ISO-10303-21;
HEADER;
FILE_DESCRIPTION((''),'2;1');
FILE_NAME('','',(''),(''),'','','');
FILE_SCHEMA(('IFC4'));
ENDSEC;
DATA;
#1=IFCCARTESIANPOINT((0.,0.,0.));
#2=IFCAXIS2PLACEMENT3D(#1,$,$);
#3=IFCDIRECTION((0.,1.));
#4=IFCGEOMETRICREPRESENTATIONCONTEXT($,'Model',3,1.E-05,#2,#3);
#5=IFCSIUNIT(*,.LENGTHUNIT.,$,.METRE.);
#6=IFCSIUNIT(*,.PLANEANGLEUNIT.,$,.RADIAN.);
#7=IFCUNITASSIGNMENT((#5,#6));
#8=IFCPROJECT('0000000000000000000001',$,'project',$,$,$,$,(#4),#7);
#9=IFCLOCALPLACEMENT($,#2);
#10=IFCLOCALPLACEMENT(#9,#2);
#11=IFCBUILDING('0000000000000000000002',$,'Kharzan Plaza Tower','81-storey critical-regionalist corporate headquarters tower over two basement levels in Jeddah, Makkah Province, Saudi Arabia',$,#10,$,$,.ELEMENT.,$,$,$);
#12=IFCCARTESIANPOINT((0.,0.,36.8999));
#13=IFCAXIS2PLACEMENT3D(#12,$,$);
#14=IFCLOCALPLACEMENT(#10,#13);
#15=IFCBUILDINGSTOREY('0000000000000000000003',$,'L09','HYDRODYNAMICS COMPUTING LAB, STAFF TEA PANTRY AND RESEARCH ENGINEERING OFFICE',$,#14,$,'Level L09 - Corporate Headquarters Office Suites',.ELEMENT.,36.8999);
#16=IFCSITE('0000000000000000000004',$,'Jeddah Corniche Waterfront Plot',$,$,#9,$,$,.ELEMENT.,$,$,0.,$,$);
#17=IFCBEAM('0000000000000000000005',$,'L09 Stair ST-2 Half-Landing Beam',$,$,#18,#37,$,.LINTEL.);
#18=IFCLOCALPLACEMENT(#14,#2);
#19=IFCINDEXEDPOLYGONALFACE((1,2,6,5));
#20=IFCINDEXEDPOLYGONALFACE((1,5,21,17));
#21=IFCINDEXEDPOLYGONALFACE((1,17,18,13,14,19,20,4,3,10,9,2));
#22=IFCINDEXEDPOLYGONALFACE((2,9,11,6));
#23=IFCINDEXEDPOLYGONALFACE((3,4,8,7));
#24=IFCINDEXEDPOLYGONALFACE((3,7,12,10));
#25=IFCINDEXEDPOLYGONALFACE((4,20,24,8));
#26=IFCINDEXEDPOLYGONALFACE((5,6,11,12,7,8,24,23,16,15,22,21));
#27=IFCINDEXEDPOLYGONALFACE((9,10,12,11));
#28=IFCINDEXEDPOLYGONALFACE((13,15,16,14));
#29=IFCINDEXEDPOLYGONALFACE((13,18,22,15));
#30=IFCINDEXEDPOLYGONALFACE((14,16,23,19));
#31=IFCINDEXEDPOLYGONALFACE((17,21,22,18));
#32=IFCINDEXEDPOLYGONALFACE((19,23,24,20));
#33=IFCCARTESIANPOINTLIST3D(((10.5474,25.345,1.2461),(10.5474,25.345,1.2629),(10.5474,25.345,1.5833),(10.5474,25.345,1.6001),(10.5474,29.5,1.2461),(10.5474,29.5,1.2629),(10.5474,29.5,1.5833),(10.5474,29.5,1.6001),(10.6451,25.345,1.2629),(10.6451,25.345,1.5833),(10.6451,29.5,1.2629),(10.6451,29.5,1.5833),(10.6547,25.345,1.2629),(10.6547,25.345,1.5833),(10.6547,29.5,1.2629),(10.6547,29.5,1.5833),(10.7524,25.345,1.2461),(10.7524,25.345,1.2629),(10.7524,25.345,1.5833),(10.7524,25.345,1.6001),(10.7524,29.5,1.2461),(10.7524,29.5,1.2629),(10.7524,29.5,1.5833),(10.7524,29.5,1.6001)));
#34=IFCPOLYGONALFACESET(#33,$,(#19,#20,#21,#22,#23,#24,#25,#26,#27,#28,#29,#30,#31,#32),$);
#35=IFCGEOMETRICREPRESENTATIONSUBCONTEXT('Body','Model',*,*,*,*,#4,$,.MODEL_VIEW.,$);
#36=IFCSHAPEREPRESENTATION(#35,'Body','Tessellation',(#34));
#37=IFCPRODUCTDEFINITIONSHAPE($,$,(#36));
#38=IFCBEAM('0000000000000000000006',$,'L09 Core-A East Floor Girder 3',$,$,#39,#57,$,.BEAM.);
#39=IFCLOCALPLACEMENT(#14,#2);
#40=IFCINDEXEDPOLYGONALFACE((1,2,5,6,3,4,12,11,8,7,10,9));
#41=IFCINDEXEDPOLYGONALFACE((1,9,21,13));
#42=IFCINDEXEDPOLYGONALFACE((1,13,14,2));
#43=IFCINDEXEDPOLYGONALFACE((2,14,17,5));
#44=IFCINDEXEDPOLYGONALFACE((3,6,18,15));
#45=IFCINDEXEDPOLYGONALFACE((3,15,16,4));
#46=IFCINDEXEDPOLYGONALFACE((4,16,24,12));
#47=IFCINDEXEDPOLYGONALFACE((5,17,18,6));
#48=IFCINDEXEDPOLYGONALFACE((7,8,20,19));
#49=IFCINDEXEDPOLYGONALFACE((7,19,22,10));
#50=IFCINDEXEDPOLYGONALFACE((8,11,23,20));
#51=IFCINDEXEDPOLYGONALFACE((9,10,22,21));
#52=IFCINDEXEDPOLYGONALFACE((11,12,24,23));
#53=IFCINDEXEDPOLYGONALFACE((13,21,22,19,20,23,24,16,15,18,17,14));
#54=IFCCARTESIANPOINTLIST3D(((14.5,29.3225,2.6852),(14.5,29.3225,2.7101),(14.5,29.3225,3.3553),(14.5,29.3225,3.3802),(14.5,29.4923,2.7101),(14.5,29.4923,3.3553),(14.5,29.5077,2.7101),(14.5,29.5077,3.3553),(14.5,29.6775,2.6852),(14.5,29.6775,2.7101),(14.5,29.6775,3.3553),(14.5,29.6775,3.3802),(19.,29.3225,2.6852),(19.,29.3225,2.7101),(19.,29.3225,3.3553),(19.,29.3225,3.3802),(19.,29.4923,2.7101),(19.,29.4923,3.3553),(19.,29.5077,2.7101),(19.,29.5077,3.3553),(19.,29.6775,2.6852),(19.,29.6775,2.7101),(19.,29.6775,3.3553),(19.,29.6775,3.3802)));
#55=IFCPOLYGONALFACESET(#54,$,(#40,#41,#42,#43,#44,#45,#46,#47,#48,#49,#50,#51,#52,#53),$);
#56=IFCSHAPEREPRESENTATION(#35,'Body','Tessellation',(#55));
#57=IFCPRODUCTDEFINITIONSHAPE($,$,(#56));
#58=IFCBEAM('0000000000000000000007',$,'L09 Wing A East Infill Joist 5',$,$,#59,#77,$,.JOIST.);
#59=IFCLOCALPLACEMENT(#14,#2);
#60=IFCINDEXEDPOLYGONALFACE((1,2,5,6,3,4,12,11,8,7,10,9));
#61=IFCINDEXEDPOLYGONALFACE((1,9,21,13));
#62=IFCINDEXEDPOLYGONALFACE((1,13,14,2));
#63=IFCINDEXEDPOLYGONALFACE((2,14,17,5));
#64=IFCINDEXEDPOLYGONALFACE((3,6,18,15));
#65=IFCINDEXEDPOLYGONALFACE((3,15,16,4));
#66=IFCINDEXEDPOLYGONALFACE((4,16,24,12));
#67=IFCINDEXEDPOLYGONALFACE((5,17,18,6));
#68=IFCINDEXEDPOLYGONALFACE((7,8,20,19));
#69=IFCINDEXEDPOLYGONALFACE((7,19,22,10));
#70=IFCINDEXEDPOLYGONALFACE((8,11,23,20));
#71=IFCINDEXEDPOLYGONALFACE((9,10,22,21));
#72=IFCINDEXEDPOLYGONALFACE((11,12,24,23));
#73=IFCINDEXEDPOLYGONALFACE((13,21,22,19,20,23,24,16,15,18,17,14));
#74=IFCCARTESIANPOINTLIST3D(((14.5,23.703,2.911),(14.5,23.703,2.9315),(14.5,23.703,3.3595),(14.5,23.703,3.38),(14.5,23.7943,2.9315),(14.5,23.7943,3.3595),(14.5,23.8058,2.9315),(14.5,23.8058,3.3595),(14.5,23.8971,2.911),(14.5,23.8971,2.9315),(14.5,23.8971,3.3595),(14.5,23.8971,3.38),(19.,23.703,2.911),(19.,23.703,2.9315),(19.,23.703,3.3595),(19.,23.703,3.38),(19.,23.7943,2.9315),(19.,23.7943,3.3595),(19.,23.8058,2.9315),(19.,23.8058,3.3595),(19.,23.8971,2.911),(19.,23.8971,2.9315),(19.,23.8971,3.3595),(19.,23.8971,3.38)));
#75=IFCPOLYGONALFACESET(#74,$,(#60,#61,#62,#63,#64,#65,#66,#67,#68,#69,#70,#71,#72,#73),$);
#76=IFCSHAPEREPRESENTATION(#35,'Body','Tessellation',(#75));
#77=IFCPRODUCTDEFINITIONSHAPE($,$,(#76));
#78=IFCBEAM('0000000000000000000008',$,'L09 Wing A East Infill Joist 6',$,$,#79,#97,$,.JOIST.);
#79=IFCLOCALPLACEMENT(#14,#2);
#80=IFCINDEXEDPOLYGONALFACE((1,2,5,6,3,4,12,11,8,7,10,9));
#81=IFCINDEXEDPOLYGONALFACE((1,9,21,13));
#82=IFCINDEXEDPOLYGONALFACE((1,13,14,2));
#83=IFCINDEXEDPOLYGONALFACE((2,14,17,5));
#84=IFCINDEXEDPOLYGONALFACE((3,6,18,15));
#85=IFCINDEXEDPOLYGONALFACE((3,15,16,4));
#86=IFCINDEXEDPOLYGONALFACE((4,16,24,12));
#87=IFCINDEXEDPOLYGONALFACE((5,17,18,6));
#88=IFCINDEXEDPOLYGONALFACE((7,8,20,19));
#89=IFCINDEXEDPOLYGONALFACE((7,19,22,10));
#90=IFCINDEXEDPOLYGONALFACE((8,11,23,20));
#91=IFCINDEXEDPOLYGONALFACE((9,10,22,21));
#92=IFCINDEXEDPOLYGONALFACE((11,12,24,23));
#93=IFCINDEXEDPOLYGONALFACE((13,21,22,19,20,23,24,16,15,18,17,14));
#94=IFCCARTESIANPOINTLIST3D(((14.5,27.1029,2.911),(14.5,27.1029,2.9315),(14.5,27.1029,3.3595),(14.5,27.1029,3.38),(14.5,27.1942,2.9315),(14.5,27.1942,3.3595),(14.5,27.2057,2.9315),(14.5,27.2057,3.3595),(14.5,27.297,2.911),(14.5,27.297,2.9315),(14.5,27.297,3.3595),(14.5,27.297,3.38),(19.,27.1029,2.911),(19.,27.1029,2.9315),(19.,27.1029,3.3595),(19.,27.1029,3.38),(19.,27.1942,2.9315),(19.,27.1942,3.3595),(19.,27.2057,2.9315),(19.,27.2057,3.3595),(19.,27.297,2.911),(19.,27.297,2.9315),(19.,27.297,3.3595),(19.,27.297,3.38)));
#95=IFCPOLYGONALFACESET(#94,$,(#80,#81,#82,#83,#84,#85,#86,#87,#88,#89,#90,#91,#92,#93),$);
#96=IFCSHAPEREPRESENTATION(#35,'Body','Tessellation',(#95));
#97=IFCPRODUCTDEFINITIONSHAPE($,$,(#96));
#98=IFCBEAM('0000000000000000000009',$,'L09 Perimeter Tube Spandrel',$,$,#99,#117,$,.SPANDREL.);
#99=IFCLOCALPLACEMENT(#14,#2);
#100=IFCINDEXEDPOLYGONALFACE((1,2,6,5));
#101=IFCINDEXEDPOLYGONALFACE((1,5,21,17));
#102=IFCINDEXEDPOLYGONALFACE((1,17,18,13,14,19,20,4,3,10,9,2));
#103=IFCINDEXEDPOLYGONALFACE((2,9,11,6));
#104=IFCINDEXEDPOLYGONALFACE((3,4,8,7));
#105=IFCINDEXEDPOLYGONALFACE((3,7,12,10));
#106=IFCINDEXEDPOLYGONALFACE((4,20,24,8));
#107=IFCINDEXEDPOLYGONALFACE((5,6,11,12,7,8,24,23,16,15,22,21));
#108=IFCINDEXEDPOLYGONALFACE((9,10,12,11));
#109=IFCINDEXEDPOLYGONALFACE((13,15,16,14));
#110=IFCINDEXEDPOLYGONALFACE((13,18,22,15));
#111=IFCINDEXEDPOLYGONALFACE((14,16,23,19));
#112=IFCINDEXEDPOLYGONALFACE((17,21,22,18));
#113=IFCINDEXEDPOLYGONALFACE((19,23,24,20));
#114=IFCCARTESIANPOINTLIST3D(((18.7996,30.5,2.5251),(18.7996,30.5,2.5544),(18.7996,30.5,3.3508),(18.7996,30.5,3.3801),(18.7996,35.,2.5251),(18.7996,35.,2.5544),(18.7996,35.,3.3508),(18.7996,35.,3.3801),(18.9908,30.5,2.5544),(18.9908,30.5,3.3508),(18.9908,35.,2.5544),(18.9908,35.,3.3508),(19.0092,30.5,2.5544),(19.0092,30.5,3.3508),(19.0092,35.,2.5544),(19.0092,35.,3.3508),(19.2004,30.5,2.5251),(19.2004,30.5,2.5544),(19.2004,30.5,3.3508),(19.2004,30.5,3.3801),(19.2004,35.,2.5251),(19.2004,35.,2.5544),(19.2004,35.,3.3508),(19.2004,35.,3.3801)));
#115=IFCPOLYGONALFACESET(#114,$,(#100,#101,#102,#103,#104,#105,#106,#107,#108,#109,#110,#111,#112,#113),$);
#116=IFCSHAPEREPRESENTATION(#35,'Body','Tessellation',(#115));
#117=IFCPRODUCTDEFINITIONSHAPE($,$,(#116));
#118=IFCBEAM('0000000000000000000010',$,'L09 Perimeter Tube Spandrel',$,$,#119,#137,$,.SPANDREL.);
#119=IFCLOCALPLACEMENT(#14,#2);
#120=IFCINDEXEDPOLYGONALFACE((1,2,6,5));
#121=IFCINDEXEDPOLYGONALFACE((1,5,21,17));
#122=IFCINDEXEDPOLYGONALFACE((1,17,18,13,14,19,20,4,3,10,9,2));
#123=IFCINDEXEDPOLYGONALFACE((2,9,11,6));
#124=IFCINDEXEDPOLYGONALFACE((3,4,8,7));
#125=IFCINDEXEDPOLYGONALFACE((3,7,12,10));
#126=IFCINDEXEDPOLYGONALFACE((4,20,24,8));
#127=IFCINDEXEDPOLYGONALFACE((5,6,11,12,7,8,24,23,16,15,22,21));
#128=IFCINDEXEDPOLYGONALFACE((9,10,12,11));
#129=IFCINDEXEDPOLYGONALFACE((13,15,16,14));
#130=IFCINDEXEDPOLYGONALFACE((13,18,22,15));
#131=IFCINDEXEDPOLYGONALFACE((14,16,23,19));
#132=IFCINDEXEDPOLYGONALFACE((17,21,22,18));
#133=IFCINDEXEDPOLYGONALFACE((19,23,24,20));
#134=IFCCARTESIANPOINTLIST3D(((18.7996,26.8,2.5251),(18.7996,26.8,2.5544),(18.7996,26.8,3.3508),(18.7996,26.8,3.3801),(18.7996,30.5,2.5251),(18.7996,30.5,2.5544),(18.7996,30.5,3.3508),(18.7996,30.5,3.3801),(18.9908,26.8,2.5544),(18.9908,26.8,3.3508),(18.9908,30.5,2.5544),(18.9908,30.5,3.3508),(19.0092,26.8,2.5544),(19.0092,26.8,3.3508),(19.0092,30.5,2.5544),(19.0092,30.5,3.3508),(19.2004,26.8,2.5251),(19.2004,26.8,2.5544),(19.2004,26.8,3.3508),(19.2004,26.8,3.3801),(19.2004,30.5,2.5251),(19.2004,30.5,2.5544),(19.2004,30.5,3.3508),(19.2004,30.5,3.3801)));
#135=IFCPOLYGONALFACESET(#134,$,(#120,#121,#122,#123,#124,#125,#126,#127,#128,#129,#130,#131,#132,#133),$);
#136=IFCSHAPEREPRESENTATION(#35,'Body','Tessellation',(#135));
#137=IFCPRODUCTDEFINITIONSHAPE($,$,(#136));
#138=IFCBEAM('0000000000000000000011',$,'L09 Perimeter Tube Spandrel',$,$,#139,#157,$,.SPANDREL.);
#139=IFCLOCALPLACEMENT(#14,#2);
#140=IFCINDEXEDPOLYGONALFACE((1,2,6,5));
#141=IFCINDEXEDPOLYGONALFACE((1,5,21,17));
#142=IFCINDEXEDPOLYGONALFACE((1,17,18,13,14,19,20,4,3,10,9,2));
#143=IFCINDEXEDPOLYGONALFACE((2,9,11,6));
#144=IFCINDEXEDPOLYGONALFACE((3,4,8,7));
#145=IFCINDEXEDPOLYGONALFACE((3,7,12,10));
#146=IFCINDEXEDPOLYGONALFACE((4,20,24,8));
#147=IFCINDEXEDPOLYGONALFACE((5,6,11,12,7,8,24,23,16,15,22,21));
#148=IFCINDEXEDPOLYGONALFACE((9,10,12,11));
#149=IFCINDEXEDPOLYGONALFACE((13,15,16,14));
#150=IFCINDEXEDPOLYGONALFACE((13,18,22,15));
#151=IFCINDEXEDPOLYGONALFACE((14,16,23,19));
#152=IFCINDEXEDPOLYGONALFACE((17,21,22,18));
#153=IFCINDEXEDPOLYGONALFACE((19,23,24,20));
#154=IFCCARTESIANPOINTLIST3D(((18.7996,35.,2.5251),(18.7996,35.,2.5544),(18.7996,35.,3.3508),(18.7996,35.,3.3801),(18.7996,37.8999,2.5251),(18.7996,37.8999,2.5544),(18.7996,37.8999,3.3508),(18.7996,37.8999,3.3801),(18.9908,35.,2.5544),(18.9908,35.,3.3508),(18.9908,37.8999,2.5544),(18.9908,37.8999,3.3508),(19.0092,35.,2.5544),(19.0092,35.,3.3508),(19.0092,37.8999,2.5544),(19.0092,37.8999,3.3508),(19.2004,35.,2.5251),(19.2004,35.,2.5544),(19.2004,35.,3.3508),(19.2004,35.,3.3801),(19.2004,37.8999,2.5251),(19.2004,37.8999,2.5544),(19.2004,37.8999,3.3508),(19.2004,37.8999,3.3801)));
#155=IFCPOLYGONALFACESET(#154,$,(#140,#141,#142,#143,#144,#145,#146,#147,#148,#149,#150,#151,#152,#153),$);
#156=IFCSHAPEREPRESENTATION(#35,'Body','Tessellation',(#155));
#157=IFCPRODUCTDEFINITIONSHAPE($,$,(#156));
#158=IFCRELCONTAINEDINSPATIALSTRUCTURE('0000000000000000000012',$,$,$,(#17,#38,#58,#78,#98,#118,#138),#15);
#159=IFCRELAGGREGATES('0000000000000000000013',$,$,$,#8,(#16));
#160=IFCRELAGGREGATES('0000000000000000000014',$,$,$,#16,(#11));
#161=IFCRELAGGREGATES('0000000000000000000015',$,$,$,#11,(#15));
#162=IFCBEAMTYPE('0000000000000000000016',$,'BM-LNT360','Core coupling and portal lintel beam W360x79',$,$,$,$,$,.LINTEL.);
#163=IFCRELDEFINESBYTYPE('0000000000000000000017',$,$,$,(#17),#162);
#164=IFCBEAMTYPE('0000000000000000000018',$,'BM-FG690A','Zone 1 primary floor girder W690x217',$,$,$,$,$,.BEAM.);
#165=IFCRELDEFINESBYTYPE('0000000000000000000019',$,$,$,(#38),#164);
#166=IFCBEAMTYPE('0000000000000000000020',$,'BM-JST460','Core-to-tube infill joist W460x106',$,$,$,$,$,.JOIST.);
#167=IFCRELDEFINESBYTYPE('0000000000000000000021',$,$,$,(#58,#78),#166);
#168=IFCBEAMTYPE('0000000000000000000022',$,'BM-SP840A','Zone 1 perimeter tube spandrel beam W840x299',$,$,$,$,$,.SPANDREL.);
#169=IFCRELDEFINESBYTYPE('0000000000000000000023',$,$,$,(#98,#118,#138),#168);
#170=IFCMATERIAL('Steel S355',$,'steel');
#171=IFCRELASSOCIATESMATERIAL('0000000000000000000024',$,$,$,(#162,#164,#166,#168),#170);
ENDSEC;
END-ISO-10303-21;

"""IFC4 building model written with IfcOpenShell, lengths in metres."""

from ifc_helpers import new_model, si_unit, direction, frame, origin, origin_2d, place, context, subcontext, project, spatial, i_section, extrude, source, transform, mapped, material, material_profile, profile_set, type_object, element, save


model = new_model("IFC4")

# Units and contexts
model_context = context("Model", 3, precision=1e-05, world=origin(), true_north=direction((0.0, 1.0)))
body_context = subcontext(model_context, "Body", "Model", "MODEL_VIEW")
ifc_project = project(units=[si_unit("LENGTHUNIT", "METRE"), si_unit("PLANEANGLEUNIT", "RADIAN")], contexts=[model_context])

# Site, building, storey
site_placement = place(None, origin())
site = spatial("IfcSite", under=ifc_project, at=site_placement, Name="Jeddah Corniche Waterfront Plot", CompositionType="ELEMENT", RefElevation=0.0)
building_placement = place(site_placement, origin())
building = spatial("IfcBuilding", under=site, at=building_placement, Name="Kharzan Plaza Tower", Description="81-storey critical-regionalist corporate headquarters tower over two basement levels in Jeddah, Makkah Province, Saudi Arabia", CompositionType="ELEMENT")
storey_placement = place(building_placement, frame((0.0, 0.0, 36.8999)))
storey = spatial("IfcBuildingStorey", under=building, at=storey_placement, Name="L09", Description="HYDRODYNAMICS COMPUTING LAB, STAFF TEA PANTRY AND RESEARCH ENGINEERING OFFICE", LongName="Level L09 - Corporate Headquarters Office Suites", CompositionType="ELEMENT", Elevation=36.8999)

# Beams
ifc_material_1 = material(Name="Steel S355", Category="steel")
ifc_material_profile_1 = material_profile(ifc_material_1, i_section(OverallWidth=0.2051, OverallDepth=0.354, WebThickness=0.0095, FlangeThickness=0.0168, at=origin_2d()), Name="W360x79")
ifc_profile_set_1 = profile_set([ifc_material_profile_1], Name="Steel S355")
beam_type_1 = type_object("IfcBeamType", Name="BM-LNT360", Description="Core coupling and portal lintel beam W360x79", PredefinedType="LINTEL", material=ifc_profile_set_1)
shared_shape_1 = source(origin(), body_context, "Body", "SweptSolid", [
    extrude(i_section(OverallWidth=0.2051, OverallDepth=0.354, WebThickness=0.0095, FlangeThickness=0.0168, at=origin_2d()), origin(), (0.0, 0.0, 1.0), 4.155),
])
beam_1_placement = place(storey_placement, frame((10.6499, 25.345, 1.4231), z_axis=(0.0, 1.0, 0.0), x_axis=(-1.0, 0.0, 0.0)))
element("IfcBeam", 1, at=beam_1_placement, inside=storey, type_object=beam_type_1, Name="L09 Stair ST-2 Half-Landing Beam", PredefinedType="LINTEL", context=body_context, shape_type="MappedRepresentation", body=[
    mapped(shared_shape_1, transform((0.0, 0.0, 0.0), x_axis=(1.0, 0.0, 0.0), y_axis=(0.0, 1.0, 0.0), z_axis=(0.0, 0.0, 1.0))),
])
ifc_material_profile_2 = material_profile(ifc_material_1, i_section(OverallWidth=0.355, OverallDepth=0.6951, WebThickness=0.0154, FlangeThickness=0.0249, at=origin_2d()), Name="W690x217")
ifc_profile_set_2 = profile_set([ifc_material_profile_2], Name="Steel S355")
beam_type_2 = type_object("IfcBeamType", Name="BM-FG690A", Description="Zone 1 primary floor girder W690x217", PredefinedType="BEAM", material=ifc_profile_set_2)
shared_shape_2 = source(origin(), body_context, "Body", "SweptSolid", [
    extrude(i_section(OverallWidth=0.355, OverallDepth=0.6951, WebThickness=0.0154, FlangeThickness=0.0249, at=origin_2d()), origin(), (0.0, 0.0, 1.0), 4.5),
])
beam_2_placement = place(storey_placement, frame((14.5, 29.5, 3.0327), z_axis=(1.0, 0.0, 0.0), x_axis=(0.0, 1.0, 0.0)))
element("IfcBeam", 2, at=beam_2_placement, inside=storey, type_object=beam_type_2, Name="L09 Core-A East Floor Girder 3", PredefinedType="BEAM", context=body_context, shape_type="MappedRepresentation", body=[
    mapped(shared_shape_2, transform((0.0, 0.0, 0.0), x_axis=(1.0, 0.0, 0.0), y_axis=(0.0, 1.0, 0.0), z_axis=(0.0, 0.0, 1.0))),
])
ifc_material_profile_3 = material_profile(ifc_material_1, i_section(OverallWidth=0.1941, OverallDepth=0.469, WebThickness=0.0115, FlangeThickness=0.0205, at=origin_2d()), Name="W460x106")
ifc_profile_set_3 = profile_set([ifc_material_profile_3], Name="Steel S355")
beam_type_3 = type_object("IfcBeamType", Name="BM-JST460", Description="Core-to-tube infill joist W460x106", PredefinedType="JOIST", material=ifc_profile_set_3)
shared_shape_3 = source(origin(), body_context, "Body", "SweptSolid", [
    extrude(i_section(OverallWidth=0.1941, OverallDepth=0.469, WebThickness=0.0115, FlangeThickness=0.0205, at=origin_2d()), origin(), (0.0, 0.0, 1.0), 4.5),
])
for number, where, z_axis, x_axis, name in (
    (3, (14.5, 23.8, 3.1455), (1.0, 0.0, 0.0), (0.0, 1.0, 0.0), "L09 Wing A East Infill Joist 5"),
    (4, (14.5, 27.2, 3.1455), (1.0, 0.0, 0.0), (0.0, 1.0, 0.0), "L09 Wing A East Infill Joist 6"),
):
    element("IfcBeam", number, at=place(storey_placement, frame(where, z_axis=z_axis, x_axis=x_axis)), inside=storey, type_object=beam_type_3, Name=name, PredefinedType="JOIST", context=body_context, shape_type="MappedRepresentation", body=[
        mapped(shared_shape_3, transform((0.0, 0.0, 0.0), x_axis=(1.0, 0.0, 0.0), y_axis=(0.0, 1.0, 0.0), z_axis=(0.0, 0.0, 1.0))),
    ])
ifc_material_profile_4 = material_profile(ifc_material_1, i_section(OverallWidth=0.4009, OverallDepth=0.855, WebThickness=0.0183, FlangeThickness=0.0293, at=origin_2d()), Name="W840x299")
ifc_profile_set_4 = profile_set([ifc_material_profile_4], Name="Steel S355")
beam_type_4 = type_object("IfcBeamType", Name="BM-SP840A", Description="Zone 1 perimeter tube spandrel beam W840x299", PredefinedType="SPANDREL", material=ifc_profile_set_4)
shared_shape_4 = source(origin(), body_context, "Body", "SweptSolid", [
    extrude(i_section(OverallWidth=0.4009, OverallDepth=0.855, WebThickness=0.0183, FlangeThickness=0.0293, at=origin_2d()), origin(), (0.0, 0.0, 1.0), 4.5),
])
beam_3_placement = place(storey_placement, frame((19.0, 30.5, 2.9526), z_axis=(0.0, 1.0, 0.0), x_axis=(-1.0, 0.0, 0.0)))
element("IfcBeam", 5, at=beam_3_placement, inside=storey, type_object=beam_type_4, Name="L09 Perimeter Tube Spandrel", PredefinedType="SPANDREL", context=body_context, shape_type="MappedRepresentation", body=[
    mapped(shared_shape_4, transform((0.0, 0.0, 0.0), x_axis=(1.0, 0.0, 0.0), y_axis=(0.0, 1.0, 0.0), z_axis=(0.0, 0.0, 1.0))),
])
shared_shape_5 = source(origin(), body_context, "Body", "SweptSolid", [
    extrude(i_section(OverallWidth=0.4009, OverallDepth=0.855, WebThickness=0.0183, FlangeThickness=0.0293, at=origin_2d()), origin(), (0.0, 0.0, 1.0), 3.7),
])
beam_4_placement = place(storey_placement, frame((19.0, 26.8, 2.9526), z_axis=(0.0, 1.0, 0.0), x_axis=(-1.0, 0.0, 0.0)))
element("IfcBeam", 6, at=beam_4_placement, inside=storey, type_object=beam_type_4, Name="L09 Perimeter Tube Spandrel", PredefinedType="SPANDREL", context=body_context, shape_type="MappedRepresentation", body=[
    mapped(shared_shape_5, transform((0.0, 0.0, 0.0), x_axis=(1.0, 0.0, 0.0), y_axis=(0.0, 1.0, 0.0), z_axis=(0.0, 0.0, 1.0))),
])
shared_shape_6 = source(origin(), body_context, "Body", "SweptSolid", [
    extrude(i_section(OverallWidth=0.4009, OverallDepth=0.855, WebThickness=0.0183, FlangeThickness=0.0293, at=origin_2d()), origin(), (0.0, 0.0, 1.0), 2.8999),
])
beam_5_placement = place(storey_placement, frame((19.0, 35.0, 2.9526), z_axis=(0.0, 1.0, 0.0), x_axis=(-1.0, 0.0, 0.0)))
element("IfcBeam", 7, at=beam_5_placement, inside=storey, type_object=beam_type_4, Name="L09 Perimeter Tube Spandrel", PredefinedType="SPANDREL", context=body_context, shape_type="MappedRepresentation", body=[
    mapped(shared_shape_6, transform((0.0, 0.0, 0.0), x_axis=(1.0, 0.0, 0.0), y_axis=(0.0, 1.0, 0.0), z_axis=(0.0, 0.0, 1.0))),
])

save(model, "model.ifc")
